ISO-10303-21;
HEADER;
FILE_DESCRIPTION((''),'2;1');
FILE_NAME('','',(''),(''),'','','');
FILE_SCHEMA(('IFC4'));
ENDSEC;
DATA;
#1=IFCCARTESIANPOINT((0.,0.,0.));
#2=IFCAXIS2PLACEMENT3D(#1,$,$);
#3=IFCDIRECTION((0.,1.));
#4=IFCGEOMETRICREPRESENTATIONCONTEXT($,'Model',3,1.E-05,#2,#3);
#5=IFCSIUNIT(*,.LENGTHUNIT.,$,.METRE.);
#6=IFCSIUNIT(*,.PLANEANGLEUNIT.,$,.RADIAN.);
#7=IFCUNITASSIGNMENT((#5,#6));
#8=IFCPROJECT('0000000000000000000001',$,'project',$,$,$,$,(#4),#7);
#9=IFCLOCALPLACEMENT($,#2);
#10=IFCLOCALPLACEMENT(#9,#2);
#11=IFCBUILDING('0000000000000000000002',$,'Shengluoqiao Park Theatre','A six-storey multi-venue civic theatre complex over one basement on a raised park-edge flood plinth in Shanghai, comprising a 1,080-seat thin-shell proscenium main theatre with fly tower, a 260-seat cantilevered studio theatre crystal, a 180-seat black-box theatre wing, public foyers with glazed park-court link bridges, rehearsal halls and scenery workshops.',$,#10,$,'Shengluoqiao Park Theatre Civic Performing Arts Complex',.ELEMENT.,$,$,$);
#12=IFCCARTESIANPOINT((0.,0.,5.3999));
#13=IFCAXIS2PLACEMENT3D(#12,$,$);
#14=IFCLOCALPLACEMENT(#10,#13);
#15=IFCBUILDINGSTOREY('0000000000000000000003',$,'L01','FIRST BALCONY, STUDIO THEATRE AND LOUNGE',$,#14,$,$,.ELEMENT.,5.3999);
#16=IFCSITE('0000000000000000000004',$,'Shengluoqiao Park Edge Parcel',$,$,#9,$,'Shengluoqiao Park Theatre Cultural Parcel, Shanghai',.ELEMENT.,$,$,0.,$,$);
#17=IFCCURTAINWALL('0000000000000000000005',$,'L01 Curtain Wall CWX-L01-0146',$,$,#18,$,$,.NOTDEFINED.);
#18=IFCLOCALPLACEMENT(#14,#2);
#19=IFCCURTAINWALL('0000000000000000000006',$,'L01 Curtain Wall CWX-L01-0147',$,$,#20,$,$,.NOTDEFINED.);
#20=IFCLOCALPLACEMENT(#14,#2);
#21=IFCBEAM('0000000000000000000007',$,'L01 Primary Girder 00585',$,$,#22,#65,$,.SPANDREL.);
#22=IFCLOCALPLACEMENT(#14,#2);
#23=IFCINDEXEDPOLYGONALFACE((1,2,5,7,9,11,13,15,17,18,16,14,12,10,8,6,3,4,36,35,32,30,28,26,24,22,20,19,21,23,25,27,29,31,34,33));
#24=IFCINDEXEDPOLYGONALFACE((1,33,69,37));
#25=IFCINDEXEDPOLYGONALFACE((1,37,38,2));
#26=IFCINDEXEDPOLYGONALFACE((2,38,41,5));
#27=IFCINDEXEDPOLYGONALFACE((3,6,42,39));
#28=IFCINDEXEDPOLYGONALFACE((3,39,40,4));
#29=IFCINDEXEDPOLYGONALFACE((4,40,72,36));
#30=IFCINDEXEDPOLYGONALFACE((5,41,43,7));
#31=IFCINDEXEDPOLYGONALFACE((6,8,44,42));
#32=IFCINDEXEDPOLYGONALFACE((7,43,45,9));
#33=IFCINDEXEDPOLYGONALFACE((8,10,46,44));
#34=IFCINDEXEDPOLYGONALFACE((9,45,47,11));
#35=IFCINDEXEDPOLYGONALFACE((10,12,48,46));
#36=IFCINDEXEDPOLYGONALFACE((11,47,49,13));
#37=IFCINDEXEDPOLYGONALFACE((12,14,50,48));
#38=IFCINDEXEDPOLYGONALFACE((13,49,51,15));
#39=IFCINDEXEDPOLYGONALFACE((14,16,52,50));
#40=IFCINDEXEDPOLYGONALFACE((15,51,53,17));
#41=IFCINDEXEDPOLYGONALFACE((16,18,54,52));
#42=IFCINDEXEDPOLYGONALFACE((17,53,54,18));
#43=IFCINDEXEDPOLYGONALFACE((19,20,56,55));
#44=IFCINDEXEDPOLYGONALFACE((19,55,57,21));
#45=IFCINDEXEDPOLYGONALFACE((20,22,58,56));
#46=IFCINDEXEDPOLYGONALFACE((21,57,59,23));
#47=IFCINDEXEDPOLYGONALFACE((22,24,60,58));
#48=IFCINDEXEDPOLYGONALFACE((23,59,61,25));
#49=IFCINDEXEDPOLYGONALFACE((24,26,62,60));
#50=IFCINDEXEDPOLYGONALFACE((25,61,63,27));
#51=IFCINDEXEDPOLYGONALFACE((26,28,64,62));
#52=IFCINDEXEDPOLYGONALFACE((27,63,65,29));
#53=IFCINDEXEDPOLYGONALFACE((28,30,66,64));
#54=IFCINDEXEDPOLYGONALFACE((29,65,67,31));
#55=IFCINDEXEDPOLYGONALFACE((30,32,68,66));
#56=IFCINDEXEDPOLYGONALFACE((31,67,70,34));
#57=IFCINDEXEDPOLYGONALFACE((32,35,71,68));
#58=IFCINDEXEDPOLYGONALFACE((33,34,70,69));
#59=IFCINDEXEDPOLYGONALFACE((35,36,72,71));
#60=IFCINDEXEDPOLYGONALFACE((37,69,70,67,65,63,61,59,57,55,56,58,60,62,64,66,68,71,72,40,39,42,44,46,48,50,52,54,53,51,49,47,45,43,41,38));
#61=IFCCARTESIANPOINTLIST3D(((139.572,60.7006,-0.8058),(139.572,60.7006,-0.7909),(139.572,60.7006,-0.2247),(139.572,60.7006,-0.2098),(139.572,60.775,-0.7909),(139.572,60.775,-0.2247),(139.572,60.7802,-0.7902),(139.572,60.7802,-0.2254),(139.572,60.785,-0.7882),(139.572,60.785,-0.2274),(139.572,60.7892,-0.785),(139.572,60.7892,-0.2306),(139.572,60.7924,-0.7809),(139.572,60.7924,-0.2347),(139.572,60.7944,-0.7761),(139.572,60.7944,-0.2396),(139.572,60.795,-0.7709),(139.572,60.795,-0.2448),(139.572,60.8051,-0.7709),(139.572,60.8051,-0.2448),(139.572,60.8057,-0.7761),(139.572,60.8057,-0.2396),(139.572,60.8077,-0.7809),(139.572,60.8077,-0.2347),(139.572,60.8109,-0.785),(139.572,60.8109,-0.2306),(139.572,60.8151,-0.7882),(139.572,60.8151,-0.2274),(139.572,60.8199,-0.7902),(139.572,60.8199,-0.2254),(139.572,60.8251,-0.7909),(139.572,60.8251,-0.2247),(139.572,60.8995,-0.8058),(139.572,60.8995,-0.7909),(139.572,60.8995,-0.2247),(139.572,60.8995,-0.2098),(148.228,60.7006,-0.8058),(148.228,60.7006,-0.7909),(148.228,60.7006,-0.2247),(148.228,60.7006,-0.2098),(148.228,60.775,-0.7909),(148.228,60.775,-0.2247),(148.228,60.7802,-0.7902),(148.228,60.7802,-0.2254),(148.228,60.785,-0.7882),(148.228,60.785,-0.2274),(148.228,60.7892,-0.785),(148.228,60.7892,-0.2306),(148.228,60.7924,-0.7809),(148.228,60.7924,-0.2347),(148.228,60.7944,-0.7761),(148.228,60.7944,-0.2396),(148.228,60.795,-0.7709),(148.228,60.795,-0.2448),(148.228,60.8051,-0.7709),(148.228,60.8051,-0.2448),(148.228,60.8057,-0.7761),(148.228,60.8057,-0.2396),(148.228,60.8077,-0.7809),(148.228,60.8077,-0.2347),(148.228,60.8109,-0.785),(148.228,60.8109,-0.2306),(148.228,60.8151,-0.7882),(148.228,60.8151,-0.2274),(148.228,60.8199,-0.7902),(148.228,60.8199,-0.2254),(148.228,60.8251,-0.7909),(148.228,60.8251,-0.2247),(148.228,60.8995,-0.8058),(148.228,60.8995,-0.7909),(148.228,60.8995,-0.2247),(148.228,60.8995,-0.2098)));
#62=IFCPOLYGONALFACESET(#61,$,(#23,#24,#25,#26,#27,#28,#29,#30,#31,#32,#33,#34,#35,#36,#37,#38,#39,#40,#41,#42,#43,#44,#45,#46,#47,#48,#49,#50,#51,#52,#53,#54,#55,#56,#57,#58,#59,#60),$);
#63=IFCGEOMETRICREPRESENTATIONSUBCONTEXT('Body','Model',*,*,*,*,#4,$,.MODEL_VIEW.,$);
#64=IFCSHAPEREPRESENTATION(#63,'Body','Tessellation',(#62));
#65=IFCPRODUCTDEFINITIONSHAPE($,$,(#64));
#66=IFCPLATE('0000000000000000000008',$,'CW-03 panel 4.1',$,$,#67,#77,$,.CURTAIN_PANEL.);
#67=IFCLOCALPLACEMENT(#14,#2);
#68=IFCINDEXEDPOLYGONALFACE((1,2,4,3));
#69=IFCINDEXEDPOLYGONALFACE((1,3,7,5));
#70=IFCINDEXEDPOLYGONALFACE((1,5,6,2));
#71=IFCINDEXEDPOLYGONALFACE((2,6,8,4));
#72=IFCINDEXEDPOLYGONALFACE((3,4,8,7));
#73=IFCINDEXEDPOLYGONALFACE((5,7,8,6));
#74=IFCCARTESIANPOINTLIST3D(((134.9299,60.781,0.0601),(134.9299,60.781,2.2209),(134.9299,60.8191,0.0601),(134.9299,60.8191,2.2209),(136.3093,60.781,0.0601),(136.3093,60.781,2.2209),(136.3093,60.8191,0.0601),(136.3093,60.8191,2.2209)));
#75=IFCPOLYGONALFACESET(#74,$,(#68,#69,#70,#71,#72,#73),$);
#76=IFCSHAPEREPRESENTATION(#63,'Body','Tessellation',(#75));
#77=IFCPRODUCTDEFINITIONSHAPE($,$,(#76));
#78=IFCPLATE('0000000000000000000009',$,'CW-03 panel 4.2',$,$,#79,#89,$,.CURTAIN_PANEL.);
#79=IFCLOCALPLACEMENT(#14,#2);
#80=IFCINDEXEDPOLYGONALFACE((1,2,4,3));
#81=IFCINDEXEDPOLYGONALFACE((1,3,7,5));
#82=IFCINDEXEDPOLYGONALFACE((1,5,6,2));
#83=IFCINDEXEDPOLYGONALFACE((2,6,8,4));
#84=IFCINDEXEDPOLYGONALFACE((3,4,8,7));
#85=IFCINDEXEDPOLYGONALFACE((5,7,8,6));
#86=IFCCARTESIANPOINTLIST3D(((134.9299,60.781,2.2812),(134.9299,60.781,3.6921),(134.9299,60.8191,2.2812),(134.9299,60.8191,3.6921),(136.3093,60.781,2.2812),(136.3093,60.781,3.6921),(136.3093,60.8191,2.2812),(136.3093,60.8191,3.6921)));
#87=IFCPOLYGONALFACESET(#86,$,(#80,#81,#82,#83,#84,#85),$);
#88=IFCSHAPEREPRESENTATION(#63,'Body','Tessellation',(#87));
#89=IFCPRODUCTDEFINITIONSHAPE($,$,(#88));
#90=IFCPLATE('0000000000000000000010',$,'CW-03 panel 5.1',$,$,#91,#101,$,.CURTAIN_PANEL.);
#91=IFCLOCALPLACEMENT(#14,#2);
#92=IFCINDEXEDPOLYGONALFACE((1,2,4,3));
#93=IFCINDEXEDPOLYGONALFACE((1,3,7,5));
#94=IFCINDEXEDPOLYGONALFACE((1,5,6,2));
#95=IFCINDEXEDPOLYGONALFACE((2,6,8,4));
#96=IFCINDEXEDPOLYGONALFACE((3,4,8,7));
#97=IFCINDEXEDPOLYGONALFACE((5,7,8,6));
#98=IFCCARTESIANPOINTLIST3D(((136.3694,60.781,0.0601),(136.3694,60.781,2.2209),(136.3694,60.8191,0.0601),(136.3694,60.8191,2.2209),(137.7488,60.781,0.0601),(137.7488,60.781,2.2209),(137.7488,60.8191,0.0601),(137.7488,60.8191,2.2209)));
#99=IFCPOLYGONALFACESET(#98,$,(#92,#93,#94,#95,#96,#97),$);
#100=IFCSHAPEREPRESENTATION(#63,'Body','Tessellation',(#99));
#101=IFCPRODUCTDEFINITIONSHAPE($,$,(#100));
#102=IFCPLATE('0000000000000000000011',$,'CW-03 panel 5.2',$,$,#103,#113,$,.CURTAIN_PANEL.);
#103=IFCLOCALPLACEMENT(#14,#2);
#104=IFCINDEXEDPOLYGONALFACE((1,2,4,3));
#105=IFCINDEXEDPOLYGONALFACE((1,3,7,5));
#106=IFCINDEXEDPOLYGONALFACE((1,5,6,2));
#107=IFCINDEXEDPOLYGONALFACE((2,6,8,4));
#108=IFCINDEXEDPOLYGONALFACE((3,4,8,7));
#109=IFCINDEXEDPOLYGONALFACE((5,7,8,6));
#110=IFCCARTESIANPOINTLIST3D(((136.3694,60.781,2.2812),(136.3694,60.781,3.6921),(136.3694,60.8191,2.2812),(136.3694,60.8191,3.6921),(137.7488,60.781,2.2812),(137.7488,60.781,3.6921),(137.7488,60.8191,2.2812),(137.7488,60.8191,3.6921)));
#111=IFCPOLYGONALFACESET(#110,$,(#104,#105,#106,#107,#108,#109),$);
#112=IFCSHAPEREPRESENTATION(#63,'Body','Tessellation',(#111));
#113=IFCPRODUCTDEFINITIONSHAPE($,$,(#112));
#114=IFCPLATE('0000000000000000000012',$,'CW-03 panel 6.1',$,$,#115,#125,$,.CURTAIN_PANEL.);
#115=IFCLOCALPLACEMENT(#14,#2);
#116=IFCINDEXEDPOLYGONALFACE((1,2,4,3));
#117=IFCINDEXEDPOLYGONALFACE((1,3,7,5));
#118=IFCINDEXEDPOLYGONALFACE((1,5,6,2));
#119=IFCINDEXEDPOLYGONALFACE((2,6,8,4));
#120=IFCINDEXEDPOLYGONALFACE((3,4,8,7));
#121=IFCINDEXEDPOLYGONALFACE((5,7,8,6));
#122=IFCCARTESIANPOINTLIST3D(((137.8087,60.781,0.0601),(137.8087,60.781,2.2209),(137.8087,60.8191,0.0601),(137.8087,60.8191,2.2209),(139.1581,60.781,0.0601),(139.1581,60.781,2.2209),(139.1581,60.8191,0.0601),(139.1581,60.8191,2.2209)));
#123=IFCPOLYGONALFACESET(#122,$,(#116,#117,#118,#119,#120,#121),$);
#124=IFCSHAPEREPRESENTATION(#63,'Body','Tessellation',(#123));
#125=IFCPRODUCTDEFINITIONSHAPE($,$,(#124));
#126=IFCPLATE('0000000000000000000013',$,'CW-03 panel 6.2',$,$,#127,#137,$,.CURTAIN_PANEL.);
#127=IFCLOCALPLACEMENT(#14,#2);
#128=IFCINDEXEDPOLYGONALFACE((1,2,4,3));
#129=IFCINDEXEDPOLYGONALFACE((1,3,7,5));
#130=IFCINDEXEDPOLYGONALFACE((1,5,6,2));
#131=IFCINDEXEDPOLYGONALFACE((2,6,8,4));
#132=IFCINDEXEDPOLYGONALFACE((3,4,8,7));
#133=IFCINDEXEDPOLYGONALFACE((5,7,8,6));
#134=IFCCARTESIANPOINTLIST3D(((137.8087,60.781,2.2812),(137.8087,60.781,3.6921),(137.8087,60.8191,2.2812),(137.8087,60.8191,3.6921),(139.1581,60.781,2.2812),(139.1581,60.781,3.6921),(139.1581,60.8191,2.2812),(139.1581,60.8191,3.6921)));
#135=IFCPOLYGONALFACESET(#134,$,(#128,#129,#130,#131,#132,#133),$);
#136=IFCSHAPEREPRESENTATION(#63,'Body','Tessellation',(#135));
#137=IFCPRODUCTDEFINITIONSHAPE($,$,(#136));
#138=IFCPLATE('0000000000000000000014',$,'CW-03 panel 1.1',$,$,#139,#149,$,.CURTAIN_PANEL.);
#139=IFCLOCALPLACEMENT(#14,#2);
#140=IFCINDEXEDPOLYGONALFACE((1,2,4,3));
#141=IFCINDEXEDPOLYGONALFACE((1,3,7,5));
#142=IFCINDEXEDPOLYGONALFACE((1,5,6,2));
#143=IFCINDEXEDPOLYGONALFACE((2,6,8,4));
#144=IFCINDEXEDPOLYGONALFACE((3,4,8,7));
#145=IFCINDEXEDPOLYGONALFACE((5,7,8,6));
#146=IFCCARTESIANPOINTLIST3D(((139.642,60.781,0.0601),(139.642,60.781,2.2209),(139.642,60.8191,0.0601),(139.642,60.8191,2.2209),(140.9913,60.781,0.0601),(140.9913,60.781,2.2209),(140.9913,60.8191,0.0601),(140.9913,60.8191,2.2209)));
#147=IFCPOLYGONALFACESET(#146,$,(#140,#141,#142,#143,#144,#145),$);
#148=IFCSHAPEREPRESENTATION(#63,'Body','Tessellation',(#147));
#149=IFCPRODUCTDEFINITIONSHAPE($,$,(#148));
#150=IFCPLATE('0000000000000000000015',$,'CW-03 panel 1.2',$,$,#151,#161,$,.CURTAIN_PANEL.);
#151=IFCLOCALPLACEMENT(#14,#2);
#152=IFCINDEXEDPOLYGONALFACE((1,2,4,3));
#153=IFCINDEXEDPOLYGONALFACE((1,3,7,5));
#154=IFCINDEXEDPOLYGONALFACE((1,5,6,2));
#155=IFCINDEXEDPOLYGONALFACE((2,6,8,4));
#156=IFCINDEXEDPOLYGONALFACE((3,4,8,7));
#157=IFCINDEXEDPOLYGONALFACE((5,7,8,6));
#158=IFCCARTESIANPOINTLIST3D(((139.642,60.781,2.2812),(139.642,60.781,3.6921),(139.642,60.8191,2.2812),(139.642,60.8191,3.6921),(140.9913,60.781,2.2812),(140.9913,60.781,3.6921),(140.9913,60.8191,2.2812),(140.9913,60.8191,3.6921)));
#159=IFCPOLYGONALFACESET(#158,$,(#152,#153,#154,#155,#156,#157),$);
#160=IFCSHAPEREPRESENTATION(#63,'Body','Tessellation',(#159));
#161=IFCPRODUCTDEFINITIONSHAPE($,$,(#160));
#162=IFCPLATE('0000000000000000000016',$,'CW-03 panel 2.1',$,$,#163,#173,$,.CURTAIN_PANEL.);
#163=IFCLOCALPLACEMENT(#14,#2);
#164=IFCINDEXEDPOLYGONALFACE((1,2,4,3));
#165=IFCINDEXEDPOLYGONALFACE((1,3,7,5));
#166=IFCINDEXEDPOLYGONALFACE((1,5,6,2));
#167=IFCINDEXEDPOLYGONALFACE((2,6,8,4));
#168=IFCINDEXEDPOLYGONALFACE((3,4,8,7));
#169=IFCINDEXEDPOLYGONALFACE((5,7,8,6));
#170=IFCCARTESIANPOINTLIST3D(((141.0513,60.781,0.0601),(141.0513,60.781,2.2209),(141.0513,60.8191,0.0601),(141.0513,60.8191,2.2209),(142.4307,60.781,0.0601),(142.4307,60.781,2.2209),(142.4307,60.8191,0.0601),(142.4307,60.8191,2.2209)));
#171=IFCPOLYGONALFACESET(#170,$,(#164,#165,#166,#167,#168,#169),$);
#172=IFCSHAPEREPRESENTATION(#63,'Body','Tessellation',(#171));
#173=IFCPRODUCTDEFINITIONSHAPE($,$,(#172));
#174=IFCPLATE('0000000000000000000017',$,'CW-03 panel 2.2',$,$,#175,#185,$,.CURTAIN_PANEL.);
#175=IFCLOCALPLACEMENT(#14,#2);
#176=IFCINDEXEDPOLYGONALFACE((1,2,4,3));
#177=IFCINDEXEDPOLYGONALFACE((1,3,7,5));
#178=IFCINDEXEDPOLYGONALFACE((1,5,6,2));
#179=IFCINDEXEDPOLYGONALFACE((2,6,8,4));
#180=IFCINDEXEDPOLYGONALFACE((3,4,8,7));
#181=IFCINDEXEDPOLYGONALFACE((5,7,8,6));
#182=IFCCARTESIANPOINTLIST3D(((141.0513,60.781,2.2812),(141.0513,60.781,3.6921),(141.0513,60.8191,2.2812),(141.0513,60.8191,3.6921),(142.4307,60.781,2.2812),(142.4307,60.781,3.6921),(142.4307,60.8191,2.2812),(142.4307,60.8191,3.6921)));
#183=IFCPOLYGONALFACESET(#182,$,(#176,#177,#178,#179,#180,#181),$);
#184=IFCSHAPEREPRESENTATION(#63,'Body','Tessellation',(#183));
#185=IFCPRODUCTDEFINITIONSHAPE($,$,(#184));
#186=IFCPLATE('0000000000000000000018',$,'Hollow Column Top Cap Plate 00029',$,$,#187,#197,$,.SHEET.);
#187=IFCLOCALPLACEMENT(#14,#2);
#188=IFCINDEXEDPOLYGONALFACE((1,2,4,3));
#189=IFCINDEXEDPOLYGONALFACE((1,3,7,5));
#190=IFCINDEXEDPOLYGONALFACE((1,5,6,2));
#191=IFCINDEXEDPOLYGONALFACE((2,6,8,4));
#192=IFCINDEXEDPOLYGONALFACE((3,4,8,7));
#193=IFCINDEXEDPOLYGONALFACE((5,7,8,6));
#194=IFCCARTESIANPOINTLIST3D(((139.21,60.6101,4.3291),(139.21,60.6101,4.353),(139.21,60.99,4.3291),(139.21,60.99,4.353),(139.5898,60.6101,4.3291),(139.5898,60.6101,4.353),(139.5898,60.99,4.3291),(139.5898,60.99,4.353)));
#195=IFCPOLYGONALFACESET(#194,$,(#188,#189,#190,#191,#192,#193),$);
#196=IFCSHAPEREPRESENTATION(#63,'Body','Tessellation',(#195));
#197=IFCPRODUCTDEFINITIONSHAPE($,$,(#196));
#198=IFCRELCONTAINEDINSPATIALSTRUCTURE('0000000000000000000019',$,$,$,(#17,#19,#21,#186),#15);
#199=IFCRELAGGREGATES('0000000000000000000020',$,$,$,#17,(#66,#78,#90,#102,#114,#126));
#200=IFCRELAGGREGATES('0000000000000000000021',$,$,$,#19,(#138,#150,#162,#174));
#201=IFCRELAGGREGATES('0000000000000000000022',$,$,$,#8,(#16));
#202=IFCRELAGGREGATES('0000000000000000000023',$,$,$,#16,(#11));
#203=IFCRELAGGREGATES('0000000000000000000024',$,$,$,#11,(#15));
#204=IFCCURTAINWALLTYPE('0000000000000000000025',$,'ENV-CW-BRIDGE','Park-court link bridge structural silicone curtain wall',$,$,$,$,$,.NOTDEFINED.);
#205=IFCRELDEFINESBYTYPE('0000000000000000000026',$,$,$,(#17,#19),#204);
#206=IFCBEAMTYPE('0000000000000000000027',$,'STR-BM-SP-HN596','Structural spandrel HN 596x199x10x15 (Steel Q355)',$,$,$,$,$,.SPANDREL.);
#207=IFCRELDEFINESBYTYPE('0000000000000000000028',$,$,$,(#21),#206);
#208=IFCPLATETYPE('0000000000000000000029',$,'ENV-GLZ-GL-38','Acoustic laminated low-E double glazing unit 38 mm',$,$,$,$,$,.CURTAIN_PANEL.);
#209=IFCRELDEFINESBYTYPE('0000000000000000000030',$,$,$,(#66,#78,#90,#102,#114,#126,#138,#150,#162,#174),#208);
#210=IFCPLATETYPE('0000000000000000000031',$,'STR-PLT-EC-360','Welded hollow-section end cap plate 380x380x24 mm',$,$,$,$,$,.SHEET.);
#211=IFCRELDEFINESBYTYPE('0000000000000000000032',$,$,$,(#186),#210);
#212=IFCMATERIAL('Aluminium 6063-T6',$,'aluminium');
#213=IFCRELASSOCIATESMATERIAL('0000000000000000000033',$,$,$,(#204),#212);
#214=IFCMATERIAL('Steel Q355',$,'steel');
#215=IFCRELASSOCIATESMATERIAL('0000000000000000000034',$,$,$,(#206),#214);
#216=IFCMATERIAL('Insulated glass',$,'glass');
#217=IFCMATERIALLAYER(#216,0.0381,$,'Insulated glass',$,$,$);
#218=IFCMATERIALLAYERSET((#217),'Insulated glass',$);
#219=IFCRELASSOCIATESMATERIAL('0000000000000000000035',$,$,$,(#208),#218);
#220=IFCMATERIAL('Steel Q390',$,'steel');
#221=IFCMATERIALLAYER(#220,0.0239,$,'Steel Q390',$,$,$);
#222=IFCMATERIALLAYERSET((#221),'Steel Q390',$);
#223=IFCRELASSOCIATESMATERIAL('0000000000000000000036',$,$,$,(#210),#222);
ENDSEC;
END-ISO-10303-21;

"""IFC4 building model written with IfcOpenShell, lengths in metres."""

from ifc_helpers import new_model, si_unit, direction, frame, origin, origin_2d, place, context, subcontext, project, spatial, rectangle, i_section, extrude, material, layer, layer_set, material_profile, profile_set, type_object, element, aggregate, save


model = new_model("IFC4")

# Units and contexts
model_context = context("Model", 3, precision=1e-05, world=origin(), true_north=direction((0.0, 1.0)))
body_context = subcontext(model_context, "Body", "Model", "MODEL_VIEW")
ifc_project = project(units=[si_unit("LENGTHUNIT", "METRE"), si_unit("PLANEANGLEUNIT", "RADIAN")], contexts=[model_context])

# Site, building, storey
site_placement = place(None, origin())
site = spatial("IfcSite", under=ifc_project, at=site_placement, Name="Shengluoqiao Park Edge Parcel", LongName="Shengluoqiao Park Theatre Cultural Parcel, Shanghai", CompositionType="ELEMENT", RefElevation=0.0)
building_placement = place(site_placement, origin())
building = spatial("IfcBuilding", under=site, at=building_placement, Name="Shengluoqiao Park Theatre", Description="A six-storey multi-venue civic theatre complex over one basement on a raised park-edge flood plinth in Shanghai, comprising a 1,080-seat thin-shell proscenium main theatre with fly tower, a 260-seat cantilevered studio theatre crystal, a 180-seat black-box theatre wing, public foyers with glazed park-court link bridges, rehearsal halls and scenery workshops.", LongName="Shengluoqiao Park Theatre Civic Performing Arts Complex", CompositionType="ELEMENT")
storey_placement = place(building_placement, frame((0.0, 0.0, 5.3999)))
storey = spatial("IfcBuildingStorey", under=building, at=storey_placement, Name="L01", Description="FIRST BALCONY, STUDIO THEATRE AND LOUNGE", CompositionType="ELEMENT", Elevation=5.3999)

# Shared definitions
ifc_material_1 = material(Name="Steel Q355", Category="steel")

# Curtain walls
ifc_material_2 = material(Name="Aluminium 6063-T6", Category="aluminium")
curtain_wall_type = type_object("IfcCurtainWallType", Name="ENV-CW-BRIDGE", Description="Park-court link bridge structural silicone curtain wall", PredefinedType="NOTDEFINED", material=ifc_material_2)
curtain_wall_1_placement = place(storey_placement, origin())
curtain_wall_1 = element("IfcCurtainWall", 1, at=curtain_wall_1_placement, inside=storey, type_object=curtain_wall_type, Name="L01 Curtain Wall CWX-L01-0146", PredefinedType="NOTDEFINED")
curtain_wall_2_placement = place(storey_placement, origin())
curtain_wall_2 = element("IfcCurtainWall", 2, at=curtain_wall_2_placement, inside=storey, type_object=curtain_wall_type, Name="L01 Curtain Wall CWX-L01-0147", PredefinedType="NOTDEFINED")

# Beam
ifc_material_profile_1 = material_profile(ifc_material_1, i_section(OverallWidth=0.199, OverallDepth=0.5959, WebThickness=0.01, FlangeThickness=0.0149, FilletRadius=0.02, at=origin_2d()), Name="HN 596x199x10x15")
ifc_profile_set_1 = profile_set([ifc_material_profile_1], Name="Steel Q355")
beam_type_1 = type_object("IfcBeamType", Name="STR-BM-SP-HN596", Description="Structural spandrel HN 596x199x10x15 (Steel Q355)", PredefinedType="SPANDREL", material=ifc_profile_set_1)
beam_1_placement = place(storey_placement, frame((139.572, 60.8, -0.5078), z_axis=(1.0, 0.0, 0.0), x_axis=(0.0, 1.0, 0.0)))
element("IfcBeam", 3, at=beam_1_placement, inside=storey, type_object=beam_type_1, Name="L01 Primary Girder 00585", PredefinedType="SPANDREL", context=body_context, shape_type="SweptSolid", body=[
    extrude(i_section(OverallWidth=0.199, OverallDepth=0.5959, WebThickness=0.01, FlangeThickness=0.0149, FilletRadius=0.02, at=origin_2d()), origin(), (0.0, 0.0, 1.0), 8.656),
])

# Plates
ifc_material_3 = material(Name="Insulated glass", Category="glass")
ifc_layer_1 = layer(ifc_material_3, 0.0381, Name="Insulated glass")
ifc_layer_set_1 = layer_set([ifc_layer_1], Name="Insulated glass")
plate_type_1 = type_object("IfcPlateType", Name="ENV-GLZ-GL-38", Description="Acoustic laminated low-E double glazing unit 38 mm", PredefinedType="CURTAIN_PANEL", material=ifc_layer_set_1)
plate_1_placement = place(storey_placement, frame((135.6196, 60.8, 0.0601), z_axis=(0.0, 0.0, 1.0), x_axis=(1.0, 0.0, 0.0)))
plate_1 = element("IfcPlate", 4, at=plate_1_placement, type_object=plate_type_1, Name="CW-03 panel 4.1", PredefinedType="CURTAIN_PANEL", context=body_context, shape_type="SweptSolid", body=[
    extrude(rectangle(XDim=1.3794, YDim=0.0381, at=origin_2d()), origin(), (0.0, 0.0, 1.0), 2.1609),
])
plate_2_placement = place(storey_placement, frame((135.6196, 60.8, 2.2812), z_axis=(0.0, 0.0, 1.0), x_axis=(1.0, 0.0, 0.0)))
plate_2 = element("IfcPlate", 5, at=plate_2_placement, type_object=plate_type_1, Name="CW-03 panel 4.2", PredefinedType="CURTAIN_PANEL", context=body_context, shape_type="SweptSolid", body=[
    extrude(rectangle(XDim=1.3794, YDim=0.0381, at=origin_2d()), origin(), (0.0, 0.0, 1.0), 1.4109),
])
plate_3_placement = place(storey_placement, frame((137.0591, 60.8, 0.0601), z_axis=(0.0, 0.0, 1.0), x_axis=(1.0, 0.0, 0.0)))
plate_3 = element("IfcPlate", 6, at=plate_3_placement, type_object=plate_type_1, Name="CW-03 panel 5.1", PredefinedType="CURTAIN_PANEL", context=body_context, shape_type="SweptSolid", body=[
    extrude(rectangle(XDim=1.3794, YDim=0.0381, at=origin_2d()), origin(), (0.0, 0.0, 1.0), 2.1609),
])
plate_4_placement = place(storey_placement, frame((137.0591, 60.8, 2.2812), z_axis=(0.0, 0.0, 1.0), x_axis=(1.0, 0.0, 0.0)))
plate_4 = element("IfcPlate", 7, at=plate_4_placement, type_object=plate_type_1, Name="CW-03 panel 5.2", PredefinedType="CURTAIN_PANEL", context=body_context, shape_type="SweptSolid", body=[
    extrude(rectangle(XDim=1.3794, YDim=0.0381, at=origin_2d()), origin(), (0.0, 0.0, 1.0), 1.4109),
])
plate_5_placement = place(storey_placement, frame((138.4834, 60.8, 0.0601), z_axis=(0.0, 0.0, 1.0), x_axis=(1.0, 0.0, 0.0)))
plate_5 = element("IfcPlate", 8, at=plate_5_placement, type_object=plate_type_1, Name="CW-03 panel 6.1", PredefinedType="CURTAIN_PANEL", context=body_context, shape_type="SweptSolid", body=[
    extrude(rectangle(XDim=1.3494, YDim=0.0381, at=origin_2d()), origin(), (0.0, 0.0, 1.0), 2.1609),
])
plate_6_placement = place(storey_placement, frame((138.4834, 60.8, 2.2812), z_axis=(0.0, 0.0, 1.0), x_axis=(1.0, 0.0, 0.0)))
plate_6 = element("IfcPlate", 9, at=plate_6_placement, type_object=plate_type_1, Name="CW-03 panel 6.2", PredefinedType="CURTAIN_PANEL", context=body_context, shape_type="SweptSolid", body=[
    extrude(rectangle(XDim=1.3494, YDim=0.0381, at=origin_2d()), origin(), (0.0, 0.0, 1.0), 1.4109),
])
aggregate(curtain_wall_1, [plate_1, plate_2, plate_3, plate_4, plate_5, plate_6])
plate_7_placement = place(storey_placement, frame((140.3167, 60.8, 0.0601), z_axis=(0.0, 0.0, 1.0), x_axis=(1.0, 0.0, 0.0)))
plate_7 = element("IfcPlate", 10, at=plate_7_placement, type_object=plate_type_1, Name="CW-03 panel 1.1", PredefinedType="CURTAIN_PANEL", context=body_context, shape_type="SweptSolid", body=[
    extrude(rectangle(XDim=1.3494, YDim=0.0381, at=origin_2d()), origin(), (0.0, 0.0, 1.0), 2.1609),
])
plate_8_placement = place(storey_placement, frame((140.3167, 60.8, 2.2812), z_axis=(0.0, 0.0, 1.0), x_axis=(1.0, 0.0, 0.0)))
plate_8 = element("IfcPlate", 11, at=plate_8_placement, type_object=plate_type_1, Name="CW-03 panel 1.2", PredefinedType="CURTAIN_PANEL", context=body_context, shape_type="SweptSolid", body=[
    extrude(rectangle(XDim=1.3494, YDim=0.0381, at=origin_2d()), origin(), (0.0, 0.0, 1.0), 1.4109),
])
plate_9_placement = place(storey_placement, frame((141.741, 60.8, 0.0601), z_axis=(0.0, 0.0, 1.0), x_axis=(1.0, 0.0, 0.0)))
plate_9 = element("IfcPlate", 12, at=plate_9_placement, type_object=plate_type_1, Name="CW-03 panel 2.1", PredefinedType="CURTAIN_PANEL", context=body_context, shape_type="SweptSolid", body=[
    extrude(rectangle(XDim=1.3794, YDim=0.0381, at=origin_2d()), origin(), (0.0, 0.0, 1.0), 2.1609),
])
plate_10_placement = place(storey_placement, frame((141.741, 60.8, 2.2812), z_axis=(0.0, 0.0, 1.0), x_axis=(1.0, 0.0, 0.0)))
plate_10 = element("IfcPlate", 13, at=plate_10_placement, type_object=plate_type_1, Name="CW-03 panel 2.2", PredefinedType="CURTAIN_PANEL", context=body_context, shape_type="SweptSolid", body=[
    extrude(rectangle(XDim=1.3794, YDim=0.0381, at=origin_2d()), origin(), (0.0, 0.0, 1.0), 1.4109),
])
aggregate(curtain_wall_2, [plate_7, plate_8, plate_9, plate_10])
ifc_material_4 = material(Name="Steel Q390", Category="steel")
ifc_layer_2 = layer(ifc_material_4, 0.0239, Name="Steel Q390")
ifc_layer_set_2 = layer_set([ifc_layer_2], Name="Steel Q390")
plate_type_2 = type_object("IfcPlateType", Name="STR-PLT-EC-360", Description="Welded hollow-section end cap plate 380x380x24 mm", PredefinedType="SHEET", material=ifc_layer_set_2)
plate_11_placement = place(storey_placement, frame((139.3999, 60.8, 4.3291), z_axis=(0.0, 0.0, 1.0), x_axis=(1.0, 0.0, 0.0)))
element("IfcPlate", 14, at=plate_11_placement, inside=storey, type_object=plate_type_2, Name="Hollow Column Top Cap Plate 00029", PredefinedType="SHEET", context=body_context, shape_type="SweptSolid", body=[
    extrude(rectangle(XDim=0.3799, YDim=0.3799, at=origin_2d()), origin(), (0.0, 0.0, 1.0), 0.0239),
])

save(model, "model.ifc")
